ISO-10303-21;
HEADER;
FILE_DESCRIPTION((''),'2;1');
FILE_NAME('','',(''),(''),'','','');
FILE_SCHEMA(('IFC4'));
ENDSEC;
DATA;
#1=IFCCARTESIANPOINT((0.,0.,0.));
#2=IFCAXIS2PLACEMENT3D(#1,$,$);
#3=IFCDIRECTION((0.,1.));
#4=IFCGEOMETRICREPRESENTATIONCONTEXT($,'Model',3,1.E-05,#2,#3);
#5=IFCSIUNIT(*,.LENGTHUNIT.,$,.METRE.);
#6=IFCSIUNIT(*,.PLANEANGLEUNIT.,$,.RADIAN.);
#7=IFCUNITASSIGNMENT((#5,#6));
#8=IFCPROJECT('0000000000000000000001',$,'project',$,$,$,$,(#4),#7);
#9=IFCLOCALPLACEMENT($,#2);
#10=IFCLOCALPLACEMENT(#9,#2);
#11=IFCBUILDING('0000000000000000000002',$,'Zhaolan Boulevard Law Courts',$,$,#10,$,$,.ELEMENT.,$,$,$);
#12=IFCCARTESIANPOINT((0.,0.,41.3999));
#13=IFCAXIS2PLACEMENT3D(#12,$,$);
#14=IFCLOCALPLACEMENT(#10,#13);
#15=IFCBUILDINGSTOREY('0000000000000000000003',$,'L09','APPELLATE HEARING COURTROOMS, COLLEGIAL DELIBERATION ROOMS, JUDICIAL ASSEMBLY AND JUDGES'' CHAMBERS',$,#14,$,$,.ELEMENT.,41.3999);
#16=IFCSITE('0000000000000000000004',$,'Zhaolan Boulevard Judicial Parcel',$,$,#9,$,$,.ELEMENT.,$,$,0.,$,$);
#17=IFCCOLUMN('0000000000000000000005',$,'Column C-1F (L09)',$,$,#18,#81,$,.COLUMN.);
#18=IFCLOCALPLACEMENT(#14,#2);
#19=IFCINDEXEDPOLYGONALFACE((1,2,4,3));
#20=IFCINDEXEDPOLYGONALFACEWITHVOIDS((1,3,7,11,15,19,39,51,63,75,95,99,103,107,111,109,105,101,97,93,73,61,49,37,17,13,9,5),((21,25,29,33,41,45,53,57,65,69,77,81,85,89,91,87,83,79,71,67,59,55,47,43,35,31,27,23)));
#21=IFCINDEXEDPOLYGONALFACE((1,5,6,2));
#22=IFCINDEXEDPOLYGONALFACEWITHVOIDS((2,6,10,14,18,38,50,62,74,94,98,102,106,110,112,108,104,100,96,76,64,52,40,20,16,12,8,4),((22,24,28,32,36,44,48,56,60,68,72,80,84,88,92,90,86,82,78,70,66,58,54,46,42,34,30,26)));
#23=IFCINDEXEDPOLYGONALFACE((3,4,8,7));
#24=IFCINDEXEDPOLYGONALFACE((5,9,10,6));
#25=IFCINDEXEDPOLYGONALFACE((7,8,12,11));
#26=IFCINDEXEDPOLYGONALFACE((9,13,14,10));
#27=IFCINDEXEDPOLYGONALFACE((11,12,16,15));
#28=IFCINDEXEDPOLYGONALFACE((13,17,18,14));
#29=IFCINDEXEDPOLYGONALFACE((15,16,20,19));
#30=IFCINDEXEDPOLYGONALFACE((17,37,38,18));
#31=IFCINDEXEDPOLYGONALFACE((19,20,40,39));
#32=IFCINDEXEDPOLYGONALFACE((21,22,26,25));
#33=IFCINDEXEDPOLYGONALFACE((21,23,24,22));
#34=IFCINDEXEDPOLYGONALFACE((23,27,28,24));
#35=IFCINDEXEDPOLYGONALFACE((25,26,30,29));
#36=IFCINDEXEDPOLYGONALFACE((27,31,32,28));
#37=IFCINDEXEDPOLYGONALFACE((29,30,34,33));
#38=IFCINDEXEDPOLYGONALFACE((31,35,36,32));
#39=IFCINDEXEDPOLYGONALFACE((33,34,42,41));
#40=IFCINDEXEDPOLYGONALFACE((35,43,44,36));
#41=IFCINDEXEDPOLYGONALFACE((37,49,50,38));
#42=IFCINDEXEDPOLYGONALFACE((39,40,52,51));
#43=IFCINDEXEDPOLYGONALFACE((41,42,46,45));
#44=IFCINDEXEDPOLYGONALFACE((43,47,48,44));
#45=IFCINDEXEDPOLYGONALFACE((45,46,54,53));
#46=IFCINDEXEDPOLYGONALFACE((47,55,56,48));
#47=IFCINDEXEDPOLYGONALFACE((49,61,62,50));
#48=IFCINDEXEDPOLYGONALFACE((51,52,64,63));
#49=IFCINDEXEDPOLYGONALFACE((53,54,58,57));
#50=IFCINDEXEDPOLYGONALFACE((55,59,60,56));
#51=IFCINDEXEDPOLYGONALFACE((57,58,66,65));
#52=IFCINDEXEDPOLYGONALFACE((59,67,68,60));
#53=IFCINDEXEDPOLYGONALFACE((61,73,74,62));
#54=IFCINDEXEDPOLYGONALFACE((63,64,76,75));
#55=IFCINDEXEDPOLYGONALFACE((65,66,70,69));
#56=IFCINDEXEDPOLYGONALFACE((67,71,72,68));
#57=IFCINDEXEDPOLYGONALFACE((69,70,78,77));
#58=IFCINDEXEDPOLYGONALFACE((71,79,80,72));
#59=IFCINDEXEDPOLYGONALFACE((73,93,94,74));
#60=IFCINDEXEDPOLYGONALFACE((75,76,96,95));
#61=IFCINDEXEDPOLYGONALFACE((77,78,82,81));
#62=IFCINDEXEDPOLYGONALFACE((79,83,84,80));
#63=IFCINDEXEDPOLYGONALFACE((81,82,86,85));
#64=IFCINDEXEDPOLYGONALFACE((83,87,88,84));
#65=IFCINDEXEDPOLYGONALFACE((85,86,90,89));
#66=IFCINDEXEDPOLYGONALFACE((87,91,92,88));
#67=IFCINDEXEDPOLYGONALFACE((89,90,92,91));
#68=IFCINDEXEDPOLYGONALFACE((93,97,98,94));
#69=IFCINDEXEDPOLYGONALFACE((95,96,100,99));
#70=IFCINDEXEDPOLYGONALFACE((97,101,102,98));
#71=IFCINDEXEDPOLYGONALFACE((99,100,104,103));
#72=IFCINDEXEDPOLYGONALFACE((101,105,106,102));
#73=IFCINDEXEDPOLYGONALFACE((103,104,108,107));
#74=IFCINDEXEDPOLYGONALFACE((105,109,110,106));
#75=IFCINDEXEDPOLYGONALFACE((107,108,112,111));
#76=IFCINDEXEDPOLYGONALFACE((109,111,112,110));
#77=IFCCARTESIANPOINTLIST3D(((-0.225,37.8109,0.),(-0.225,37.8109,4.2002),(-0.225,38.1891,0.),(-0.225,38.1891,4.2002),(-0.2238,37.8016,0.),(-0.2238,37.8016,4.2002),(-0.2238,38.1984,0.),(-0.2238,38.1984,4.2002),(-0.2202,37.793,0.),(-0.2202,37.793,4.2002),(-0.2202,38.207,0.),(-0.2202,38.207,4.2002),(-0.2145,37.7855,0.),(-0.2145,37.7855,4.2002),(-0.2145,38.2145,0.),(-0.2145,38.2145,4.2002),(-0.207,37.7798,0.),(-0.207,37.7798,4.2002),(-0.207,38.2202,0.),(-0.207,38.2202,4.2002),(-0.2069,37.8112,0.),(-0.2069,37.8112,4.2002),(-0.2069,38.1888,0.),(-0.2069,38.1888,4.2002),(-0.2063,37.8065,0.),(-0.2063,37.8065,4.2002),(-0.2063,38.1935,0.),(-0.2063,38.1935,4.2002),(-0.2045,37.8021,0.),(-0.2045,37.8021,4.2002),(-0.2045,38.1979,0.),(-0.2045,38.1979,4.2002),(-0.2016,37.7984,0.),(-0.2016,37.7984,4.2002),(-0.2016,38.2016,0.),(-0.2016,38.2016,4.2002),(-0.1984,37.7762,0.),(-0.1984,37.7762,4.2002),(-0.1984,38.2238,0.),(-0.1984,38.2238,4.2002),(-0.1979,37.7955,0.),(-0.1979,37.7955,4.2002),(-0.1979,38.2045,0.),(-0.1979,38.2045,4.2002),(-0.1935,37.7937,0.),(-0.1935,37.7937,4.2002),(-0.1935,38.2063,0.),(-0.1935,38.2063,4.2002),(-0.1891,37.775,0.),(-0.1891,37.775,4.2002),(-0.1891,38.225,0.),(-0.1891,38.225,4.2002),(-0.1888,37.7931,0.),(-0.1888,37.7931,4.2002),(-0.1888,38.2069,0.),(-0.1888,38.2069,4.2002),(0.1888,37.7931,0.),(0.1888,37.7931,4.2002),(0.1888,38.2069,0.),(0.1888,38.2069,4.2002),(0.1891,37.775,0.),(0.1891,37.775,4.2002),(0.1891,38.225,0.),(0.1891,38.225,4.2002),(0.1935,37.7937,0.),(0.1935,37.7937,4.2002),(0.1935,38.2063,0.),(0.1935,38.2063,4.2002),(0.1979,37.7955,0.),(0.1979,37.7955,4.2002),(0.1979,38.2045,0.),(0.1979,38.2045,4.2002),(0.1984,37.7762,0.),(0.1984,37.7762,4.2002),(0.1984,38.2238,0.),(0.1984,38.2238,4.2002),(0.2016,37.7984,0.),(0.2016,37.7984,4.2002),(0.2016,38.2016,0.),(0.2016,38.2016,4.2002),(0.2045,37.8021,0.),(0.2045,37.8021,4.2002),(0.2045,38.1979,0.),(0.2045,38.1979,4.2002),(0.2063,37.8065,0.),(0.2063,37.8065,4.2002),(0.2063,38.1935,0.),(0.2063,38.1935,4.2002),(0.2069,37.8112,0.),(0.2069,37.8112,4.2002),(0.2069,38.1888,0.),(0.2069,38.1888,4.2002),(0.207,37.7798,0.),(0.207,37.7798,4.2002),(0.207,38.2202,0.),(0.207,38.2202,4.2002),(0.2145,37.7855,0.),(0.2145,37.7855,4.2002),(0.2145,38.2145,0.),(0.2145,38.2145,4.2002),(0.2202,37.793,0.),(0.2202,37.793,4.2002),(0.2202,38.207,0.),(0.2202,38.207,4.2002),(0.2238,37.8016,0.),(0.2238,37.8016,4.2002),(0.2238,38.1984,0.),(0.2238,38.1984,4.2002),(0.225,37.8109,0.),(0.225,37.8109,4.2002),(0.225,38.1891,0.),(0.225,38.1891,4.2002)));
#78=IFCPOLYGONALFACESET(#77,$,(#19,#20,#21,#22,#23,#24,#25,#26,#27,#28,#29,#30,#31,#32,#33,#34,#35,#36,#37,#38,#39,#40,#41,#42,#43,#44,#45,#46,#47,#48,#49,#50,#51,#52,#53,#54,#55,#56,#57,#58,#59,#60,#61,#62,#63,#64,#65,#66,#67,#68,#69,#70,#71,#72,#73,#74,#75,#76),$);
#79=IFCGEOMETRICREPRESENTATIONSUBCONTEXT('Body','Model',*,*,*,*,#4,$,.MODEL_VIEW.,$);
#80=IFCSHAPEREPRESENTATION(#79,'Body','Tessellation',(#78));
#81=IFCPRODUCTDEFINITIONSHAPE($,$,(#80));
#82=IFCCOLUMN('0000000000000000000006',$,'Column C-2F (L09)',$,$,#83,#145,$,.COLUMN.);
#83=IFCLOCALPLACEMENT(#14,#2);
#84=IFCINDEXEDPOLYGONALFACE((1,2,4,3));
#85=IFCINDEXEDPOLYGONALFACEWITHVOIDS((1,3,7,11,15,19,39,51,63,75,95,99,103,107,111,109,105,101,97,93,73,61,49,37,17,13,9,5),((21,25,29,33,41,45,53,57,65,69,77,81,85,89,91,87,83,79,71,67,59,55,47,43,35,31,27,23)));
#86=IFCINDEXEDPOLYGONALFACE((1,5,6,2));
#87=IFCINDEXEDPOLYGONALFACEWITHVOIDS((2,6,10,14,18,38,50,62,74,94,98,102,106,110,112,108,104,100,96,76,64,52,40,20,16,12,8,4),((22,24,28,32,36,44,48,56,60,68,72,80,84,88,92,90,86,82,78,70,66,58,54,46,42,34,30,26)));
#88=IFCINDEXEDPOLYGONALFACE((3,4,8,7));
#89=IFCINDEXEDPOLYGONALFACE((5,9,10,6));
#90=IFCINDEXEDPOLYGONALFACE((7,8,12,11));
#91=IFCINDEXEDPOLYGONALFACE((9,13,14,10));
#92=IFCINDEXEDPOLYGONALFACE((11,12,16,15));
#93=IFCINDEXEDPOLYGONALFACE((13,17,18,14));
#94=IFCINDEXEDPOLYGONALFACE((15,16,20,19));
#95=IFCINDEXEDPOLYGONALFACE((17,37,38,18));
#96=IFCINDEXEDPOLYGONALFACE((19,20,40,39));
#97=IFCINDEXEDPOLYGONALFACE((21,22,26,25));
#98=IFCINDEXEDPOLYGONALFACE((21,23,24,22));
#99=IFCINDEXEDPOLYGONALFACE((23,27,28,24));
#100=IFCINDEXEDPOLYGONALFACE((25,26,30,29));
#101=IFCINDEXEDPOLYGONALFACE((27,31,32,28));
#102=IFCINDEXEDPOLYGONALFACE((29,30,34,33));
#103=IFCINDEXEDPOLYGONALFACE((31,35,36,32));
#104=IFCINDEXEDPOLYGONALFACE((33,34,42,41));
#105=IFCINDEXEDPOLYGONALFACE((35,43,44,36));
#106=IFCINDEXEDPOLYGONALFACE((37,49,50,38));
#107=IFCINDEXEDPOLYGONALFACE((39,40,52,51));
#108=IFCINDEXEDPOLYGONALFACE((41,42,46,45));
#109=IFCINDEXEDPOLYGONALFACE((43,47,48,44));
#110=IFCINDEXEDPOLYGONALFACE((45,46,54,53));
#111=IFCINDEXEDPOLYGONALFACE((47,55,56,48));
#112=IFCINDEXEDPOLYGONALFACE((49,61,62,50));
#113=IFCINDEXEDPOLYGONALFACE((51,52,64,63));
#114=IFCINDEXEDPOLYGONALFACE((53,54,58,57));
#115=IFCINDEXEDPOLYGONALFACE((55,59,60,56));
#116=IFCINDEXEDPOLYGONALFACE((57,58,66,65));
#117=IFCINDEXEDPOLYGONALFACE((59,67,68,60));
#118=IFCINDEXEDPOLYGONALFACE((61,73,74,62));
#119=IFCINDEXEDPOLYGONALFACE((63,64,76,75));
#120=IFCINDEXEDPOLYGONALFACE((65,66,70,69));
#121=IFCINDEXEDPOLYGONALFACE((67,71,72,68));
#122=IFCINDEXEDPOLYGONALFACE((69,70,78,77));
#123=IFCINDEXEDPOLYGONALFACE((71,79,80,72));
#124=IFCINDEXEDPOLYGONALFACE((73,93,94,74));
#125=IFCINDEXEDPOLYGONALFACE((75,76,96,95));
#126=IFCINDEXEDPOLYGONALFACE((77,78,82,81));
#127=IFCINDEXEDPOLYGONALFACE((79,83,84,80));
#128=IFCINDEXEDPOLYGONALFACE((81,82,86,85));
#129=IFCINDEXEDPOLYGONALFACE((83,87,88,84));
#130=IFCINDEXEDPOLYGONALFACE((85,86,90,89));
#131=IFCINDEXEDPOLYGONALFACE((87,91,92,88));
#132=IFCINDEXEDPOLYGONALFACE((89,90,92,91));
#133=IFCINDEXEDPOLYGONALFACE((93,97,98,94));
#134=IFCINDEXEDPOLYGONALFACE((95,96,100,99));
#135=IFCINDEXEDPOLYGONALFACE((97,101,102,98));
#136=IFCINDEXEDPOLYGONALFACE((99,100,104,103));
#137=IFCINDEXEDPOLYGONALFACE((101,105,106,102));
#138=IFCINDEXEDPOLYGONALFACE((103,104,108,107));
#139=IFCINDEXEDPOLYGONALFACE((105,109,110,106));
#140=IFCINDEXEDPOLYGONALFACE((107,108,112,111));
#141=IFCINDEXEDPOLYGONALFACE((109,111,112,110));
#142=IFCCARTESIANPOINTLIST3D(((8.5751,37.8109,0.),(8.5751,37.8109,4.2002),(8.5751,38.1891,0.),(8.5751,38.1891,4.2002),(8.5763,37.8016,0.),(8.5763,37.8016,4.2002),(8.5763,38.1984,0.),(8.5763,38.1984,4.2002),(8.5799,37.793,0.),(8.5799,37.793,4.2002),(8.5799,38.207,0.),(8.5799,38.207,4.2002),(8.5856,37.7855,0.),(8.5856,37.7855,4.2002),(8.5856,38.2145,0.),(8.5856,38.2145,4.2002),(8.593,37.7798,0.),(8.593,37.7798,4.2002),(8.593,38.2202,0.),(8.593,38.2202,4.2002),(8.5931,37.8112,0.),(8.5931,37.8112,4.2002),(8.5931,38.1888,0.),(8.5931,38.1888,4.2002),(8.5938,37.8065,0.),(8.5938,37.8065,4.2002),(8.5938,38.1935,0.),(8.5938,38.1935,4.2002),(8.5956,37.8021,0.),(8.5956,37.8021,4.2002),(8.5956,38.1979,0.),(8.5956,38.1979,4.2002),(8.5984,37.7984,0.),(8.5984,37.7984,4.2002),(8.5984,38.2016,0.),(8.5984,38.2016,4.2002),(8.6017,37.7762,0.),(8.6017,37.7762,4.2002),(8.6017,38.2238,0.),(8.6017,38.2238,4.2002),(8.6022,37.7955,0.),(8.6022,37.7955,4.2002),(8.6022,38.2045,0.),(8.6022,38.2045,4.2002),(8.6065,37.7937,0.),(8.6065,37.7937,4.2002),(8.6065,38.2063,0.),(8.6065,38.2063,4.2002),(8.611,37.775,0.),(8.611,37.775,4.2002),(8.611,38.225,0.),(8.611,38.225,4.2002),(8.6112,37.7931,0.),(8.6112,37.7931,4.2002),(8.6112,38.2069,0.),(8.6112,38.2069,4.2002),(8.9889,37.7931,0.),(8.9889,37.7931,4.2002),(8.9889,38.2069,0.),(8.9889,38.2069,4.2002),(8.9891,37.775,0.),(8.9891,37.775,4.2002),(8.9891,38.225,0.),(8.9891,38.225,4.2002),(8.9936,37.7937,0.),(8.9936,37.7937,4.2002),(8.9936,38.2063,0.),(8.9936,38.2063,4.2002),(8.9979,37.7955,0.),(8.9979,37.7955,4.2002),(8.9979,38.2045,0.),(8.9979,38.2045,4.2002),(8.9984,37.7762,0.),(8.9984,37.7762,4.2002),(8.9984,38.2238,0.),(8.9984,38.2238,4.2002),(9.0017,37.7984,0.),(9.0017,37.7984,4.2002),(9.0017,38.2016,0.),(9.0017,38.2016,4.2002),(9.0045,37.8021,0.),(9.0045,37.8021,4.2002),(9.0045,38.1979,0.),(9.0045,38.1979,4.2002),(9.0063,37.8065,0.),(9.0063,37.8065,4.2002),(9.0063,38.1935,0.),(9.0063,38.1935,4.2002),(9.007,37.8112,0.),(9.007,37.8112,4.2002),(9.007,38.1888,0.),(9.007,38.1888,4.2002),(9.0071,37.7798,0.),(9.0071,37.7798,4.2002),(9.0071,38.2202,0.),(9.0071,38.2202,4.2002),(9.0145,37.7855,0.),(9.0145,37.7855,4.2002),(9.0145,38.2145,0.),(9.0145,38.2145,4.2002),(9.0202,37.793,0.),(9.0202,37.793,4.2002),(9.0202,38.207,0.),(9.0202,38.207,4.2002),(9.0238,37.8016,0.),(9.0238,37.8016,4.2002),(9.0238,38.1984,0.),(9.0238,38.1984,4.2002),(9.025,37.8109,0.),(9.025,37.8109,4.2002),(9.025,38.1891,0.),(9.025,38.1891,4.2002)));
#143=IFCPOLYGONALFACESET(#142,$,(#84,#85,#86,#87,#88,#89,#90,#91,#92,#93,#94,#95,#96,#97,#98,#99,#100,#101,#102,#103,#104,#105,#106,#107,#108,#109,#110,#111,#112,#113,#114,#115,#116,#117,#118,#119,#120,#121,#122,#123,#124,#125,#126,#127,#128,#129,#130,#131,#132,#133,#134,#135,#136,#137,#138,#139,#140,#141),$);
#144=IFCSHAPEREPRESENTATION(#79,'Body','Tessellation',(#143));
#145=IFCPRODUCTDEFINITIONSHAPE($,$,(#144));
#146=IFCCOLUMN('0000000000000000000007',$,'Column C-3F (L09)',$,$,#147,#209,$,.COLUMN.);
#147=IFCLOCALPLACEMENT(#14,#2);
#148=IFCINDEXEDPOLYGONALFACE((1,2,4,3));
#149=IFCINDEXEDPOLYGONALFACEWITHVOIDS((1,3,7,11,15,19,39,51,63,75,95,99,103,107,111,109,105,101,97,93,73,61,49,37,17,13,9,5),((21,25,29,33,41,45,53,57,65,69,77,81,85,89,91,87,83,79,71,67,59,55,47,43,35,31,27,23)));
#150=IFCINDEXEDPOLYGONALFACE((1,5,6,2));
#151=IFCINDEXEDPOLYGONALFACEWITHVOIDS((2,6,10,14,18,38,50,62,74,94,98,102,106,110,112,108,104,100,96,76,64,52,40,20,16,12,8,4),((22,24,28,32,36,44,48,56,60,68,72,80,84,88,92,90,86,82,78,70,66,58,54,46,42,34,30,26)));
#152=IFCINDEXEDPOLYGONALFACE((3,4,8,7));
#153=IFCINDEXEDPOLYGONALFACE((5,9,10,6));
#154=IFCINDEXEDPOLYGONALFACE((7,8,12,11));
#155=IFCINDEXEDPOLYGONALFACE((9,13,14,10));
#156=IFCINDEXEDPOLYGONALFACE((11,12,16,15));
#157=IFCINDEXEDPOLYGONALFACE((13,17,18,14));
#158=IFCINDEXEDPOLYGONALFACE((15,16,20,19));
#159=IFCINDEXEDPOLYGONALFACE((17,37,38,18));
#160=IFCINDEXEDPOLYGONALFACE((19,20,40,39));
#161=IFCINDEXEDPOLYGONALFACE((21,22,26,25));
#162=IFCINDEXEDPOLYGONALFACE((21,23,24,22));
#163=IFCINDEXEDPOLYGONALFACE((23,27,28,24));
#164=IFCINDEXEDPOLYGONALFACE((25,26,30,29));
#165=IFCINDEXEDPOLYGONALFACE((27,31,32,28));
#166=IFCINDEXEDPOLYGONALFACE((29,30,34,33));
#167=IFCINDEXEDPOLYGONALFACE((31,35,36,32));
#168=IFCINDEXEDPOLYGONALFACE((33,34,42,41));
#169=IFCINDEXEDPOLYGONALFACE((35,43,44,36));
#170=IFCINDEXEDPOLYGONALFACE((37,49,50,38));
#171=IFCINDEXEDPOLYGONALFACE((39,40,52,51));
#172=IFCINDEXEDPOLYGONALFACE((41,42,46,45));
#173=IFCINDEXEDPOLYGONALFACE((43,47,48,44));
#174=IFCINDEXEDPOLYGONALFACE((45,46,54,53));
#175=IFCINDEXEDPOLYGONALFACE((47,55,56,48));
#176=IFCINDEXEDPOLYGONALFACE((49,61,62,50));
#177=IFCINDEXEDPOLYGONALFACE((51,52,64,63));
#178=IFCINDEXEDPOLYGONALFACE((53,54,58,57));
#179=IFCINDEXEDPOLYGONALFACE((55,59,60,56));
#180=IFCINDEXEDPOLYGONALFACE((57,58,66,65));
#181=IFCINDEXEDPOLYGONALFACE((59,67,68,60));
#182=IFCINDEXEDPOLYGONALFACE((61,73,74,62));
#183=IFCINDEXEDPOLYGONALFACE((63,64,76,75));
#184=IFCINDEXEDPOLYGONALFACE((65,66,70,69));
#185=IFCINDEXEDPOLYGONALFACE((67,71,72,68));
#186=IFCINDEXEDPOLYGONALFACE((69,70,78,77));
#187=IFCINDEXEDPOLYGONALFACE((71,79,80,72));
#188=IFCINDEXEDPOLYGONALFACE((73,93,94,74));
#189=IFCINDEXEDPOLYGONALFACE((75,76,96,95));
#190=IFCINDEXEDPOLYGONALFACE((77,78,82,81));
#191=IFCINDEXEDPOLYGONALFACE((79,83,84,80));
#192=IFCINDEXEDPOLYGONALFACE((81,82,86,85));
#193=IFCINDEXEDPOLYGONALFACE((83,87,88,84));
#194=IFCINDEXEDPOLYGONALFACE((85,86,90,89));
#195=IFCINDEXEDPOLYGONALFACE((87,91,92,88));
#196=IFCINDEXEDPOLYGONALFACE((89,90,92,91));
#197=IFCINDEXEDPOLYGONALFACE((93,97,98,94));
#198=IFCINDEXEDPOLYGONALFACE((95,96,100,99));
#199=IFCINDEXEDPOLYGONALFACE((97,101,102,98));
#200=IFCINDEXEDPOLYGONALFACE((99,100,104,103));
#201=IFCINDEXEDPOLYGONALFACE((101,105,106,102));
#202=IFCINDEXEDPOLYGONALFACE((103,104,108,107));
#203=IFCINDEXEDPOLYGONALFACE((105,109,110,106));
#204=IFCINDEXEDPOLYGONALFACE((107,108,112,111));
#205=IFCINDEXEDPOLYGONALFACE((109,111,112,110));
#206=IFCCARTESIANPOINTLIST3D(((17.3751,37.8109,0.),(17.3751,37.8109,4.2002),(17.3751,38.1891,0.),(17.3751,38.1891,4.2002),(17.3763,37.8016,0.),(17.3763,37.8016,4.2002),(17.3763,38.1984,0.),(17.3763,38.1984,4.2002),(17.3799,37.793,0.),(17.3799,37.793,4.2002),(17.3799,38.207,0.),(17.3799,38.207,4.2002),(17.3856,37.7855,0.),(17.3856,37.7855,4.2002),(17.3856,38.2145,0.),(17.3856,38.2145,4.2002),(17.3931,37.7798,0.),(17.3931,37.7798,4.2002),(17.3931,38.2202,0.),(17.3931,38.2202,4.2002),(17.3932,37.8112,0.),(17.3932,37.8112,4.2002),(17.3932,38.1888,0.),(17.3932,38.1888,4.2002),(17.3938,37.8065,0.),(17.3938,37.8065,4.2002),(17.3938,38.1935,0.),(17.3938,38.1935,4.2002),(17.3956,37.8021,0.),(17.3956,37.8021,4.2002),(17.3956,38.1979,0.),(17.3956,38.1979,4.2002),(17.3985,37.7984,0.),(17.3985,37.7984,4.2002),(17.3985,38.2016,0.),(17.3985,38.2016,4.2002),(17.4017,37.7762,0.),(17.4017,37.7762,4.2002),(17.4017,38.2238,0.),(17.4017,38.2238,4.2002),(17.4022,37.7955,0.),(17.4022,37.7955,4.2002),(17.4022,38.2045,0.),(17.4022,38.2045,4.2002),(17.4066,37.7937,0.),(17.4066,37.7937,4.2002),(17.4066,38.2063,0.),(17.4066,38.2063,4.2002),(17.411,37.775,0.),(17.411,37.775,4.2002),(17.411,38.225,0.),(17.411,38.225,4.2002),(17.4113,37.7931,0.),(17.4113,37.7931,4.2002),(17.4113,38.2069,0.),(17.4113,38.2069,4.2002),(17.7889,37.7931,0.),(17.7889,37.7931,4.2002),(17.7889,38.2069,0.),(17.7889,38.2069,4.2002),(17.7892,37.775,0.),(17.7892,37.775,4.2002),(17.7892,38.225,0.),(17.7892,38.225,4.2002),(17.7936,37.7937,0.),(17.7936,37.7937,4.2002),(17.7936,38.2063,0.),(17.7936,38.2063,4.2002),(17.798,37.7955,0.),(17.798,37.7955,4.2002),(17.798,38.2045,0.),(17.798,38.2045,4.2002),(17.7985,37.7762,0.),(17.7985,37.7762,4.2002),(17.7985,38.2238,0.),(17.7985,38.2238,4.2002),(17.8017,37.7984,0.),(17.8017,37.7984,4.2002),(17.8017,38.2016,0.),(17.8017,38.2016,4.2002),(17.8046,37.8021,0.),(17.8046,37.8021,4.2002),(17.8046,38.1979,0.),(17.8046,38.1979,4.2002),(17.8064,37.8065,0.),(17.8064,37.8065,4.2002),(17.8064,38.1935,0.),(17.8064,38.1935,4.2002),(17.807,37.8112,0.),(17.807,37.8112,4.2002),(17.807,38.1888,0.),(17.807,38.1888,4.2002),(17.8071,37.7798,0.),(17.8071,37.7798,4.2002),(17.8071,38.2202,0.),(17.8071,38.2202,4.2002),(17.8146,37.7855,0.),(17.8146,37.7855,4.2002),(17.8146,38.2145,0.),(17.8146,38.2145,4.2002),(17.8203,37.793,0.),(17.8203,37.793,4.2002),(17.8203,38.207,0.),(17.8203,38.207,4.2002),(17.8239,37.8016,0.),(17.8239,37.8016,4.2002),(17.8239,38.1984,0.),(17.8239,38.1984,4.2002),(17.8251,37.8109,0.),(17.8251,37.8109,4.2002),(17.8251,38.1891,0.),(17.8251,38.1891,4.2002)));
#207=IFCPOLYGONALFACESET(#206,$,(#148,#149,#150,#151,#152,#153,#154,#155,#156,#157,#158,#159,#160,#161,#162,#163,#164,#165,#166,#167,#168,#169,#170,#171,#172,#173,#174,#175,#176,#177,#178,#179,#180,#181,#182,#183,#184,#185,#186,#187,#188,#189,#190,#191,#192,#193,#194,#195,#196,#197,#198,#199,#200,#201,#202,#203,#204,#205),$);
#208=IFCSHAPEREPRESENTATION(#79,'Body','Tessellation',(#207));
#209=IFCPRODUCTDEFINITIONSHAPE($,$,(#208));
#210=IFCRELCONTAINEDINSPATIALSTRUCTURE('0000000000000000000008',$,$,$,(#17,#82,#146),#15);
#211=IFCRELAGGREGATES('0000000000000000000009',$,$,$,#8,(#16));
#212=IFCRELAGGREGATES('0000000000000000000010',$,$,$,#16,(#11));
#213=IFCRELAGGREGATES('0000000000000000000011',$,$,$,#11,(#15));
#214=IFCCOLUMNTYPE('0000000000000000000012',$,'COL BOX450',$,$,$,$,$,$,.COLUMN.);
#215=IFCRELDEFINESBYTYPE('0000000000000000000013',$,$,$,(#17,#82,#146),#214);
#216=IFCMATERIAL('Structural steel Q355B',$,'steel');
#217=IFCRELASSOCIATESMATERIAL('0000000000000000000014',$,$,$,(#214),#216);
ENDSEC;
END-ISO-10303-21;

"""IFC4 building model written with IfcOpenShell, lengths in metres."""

from ifc_helpers import new_model, si_unit, direction, frame, origin, origin_2d, place, context, subcontext, project, spatial, hollow_rectangle, extrude, material, material_profile, profile_set, type_object, element, save


model = new_model("IFC4")

# Units and contexts
model_context = context("Model", 3, precision=1e-05, world=origin(), true_north=direction((0.0, 1.0)))
body_context = subcontext(model_context, "Body", "Model", "MODEL_VIEW")
ifc_project = project(units=[si_unit("LENGTHUNIT", "METRE"), si_unit("PLANEANGLEUNIT", "RADIAN")], contexts=[model_context])

# Site, building, storey
site_placement = place(None, origin())
site = spatial("IfcSite", under=ifc_project, at=site_placement, Name="Zhaolan Boulevard Judicial Parcel", CompositionType="ELEMENT", RefElevation=0.0)
building_placement = place(site_placement, origin())
building = spatial("IfcBuilding", under=site, at=building_placement, Name="Zhaolan Boulevard Law Courts", CompositionType="ELEMENT")
storey_placement = place(building_placement, frame((0.0, 0.0, 41.3999)))
storey = spatial("IfcBuildingStorey", under=building, at=storey_placement, Name="L09", Description="APPELLATE HEARING COURTROOMS, COLLEGIAL DELIBERATION ROOMS, JUDICIAL ASSEMBLY AND JUDGES' CHAMBERS", CompositionType="ELEMENT", Elevation=41.3999)

# Columns
ifc_material_1 = material(Name="Structural steel Q355B", Category="steel")
ifc_material_profile_1 = material_profile(ifc_material_1, hollow_rectangle(XDim=0.45, YDim=0.45, WallThickness=0.0181, InnerFilletRadius=0.0181, OuterFilletRadius=0.0359, at=origin_2d()), Name="BOX450x450x18")
ifc_profile_set_1 = profile_set([ifc_material_profile_1], Name="Structural steel Q355B")
column_type = type_object("IfcColumnType", Name="COL BOX450", PredefinedType="COLUMN", material=ifc_profile_set_1)
for number, where, z_axis, x_axis, name in (
    (1, (0.0, 38.0, 0.0), (0.0, 0.0, 1.0), (1.0, 0.0, 0.0), "Column C-1F (L09)"),
    (2, (8.8, 38.0, 0.0), (0.0, 0.0, 1.0), (1.0, 0.0, 0.0), "Column C-2F (L09)"),
    (3, (17.6001, 38.0, 0.0), (0.0, 0.0, 1.0), (1.0, 0.0, 0.0), "Column C-3F (L09)"),
):
    element("IfcColumn", number, at=place(storey_placement, frame(where, z_axis=z_axis, x_axis=x_axis)), inside=storey, type_object=column_type, Name=name, PredefinedType="COLUMN", context=body_context, shape_type="SweptSolid", body=[
        extrude(hollow_rectangle(XDim=0.45, YDim=0.45, WallThickness=0.0181, InnerFilletRadius=0.0181, OuterFilletRadius=0.0359, at=origin_2d()), origin(), (0.0, 0.0, 1.0), 4.2002),
    ])

save(model, "model.ifc")
